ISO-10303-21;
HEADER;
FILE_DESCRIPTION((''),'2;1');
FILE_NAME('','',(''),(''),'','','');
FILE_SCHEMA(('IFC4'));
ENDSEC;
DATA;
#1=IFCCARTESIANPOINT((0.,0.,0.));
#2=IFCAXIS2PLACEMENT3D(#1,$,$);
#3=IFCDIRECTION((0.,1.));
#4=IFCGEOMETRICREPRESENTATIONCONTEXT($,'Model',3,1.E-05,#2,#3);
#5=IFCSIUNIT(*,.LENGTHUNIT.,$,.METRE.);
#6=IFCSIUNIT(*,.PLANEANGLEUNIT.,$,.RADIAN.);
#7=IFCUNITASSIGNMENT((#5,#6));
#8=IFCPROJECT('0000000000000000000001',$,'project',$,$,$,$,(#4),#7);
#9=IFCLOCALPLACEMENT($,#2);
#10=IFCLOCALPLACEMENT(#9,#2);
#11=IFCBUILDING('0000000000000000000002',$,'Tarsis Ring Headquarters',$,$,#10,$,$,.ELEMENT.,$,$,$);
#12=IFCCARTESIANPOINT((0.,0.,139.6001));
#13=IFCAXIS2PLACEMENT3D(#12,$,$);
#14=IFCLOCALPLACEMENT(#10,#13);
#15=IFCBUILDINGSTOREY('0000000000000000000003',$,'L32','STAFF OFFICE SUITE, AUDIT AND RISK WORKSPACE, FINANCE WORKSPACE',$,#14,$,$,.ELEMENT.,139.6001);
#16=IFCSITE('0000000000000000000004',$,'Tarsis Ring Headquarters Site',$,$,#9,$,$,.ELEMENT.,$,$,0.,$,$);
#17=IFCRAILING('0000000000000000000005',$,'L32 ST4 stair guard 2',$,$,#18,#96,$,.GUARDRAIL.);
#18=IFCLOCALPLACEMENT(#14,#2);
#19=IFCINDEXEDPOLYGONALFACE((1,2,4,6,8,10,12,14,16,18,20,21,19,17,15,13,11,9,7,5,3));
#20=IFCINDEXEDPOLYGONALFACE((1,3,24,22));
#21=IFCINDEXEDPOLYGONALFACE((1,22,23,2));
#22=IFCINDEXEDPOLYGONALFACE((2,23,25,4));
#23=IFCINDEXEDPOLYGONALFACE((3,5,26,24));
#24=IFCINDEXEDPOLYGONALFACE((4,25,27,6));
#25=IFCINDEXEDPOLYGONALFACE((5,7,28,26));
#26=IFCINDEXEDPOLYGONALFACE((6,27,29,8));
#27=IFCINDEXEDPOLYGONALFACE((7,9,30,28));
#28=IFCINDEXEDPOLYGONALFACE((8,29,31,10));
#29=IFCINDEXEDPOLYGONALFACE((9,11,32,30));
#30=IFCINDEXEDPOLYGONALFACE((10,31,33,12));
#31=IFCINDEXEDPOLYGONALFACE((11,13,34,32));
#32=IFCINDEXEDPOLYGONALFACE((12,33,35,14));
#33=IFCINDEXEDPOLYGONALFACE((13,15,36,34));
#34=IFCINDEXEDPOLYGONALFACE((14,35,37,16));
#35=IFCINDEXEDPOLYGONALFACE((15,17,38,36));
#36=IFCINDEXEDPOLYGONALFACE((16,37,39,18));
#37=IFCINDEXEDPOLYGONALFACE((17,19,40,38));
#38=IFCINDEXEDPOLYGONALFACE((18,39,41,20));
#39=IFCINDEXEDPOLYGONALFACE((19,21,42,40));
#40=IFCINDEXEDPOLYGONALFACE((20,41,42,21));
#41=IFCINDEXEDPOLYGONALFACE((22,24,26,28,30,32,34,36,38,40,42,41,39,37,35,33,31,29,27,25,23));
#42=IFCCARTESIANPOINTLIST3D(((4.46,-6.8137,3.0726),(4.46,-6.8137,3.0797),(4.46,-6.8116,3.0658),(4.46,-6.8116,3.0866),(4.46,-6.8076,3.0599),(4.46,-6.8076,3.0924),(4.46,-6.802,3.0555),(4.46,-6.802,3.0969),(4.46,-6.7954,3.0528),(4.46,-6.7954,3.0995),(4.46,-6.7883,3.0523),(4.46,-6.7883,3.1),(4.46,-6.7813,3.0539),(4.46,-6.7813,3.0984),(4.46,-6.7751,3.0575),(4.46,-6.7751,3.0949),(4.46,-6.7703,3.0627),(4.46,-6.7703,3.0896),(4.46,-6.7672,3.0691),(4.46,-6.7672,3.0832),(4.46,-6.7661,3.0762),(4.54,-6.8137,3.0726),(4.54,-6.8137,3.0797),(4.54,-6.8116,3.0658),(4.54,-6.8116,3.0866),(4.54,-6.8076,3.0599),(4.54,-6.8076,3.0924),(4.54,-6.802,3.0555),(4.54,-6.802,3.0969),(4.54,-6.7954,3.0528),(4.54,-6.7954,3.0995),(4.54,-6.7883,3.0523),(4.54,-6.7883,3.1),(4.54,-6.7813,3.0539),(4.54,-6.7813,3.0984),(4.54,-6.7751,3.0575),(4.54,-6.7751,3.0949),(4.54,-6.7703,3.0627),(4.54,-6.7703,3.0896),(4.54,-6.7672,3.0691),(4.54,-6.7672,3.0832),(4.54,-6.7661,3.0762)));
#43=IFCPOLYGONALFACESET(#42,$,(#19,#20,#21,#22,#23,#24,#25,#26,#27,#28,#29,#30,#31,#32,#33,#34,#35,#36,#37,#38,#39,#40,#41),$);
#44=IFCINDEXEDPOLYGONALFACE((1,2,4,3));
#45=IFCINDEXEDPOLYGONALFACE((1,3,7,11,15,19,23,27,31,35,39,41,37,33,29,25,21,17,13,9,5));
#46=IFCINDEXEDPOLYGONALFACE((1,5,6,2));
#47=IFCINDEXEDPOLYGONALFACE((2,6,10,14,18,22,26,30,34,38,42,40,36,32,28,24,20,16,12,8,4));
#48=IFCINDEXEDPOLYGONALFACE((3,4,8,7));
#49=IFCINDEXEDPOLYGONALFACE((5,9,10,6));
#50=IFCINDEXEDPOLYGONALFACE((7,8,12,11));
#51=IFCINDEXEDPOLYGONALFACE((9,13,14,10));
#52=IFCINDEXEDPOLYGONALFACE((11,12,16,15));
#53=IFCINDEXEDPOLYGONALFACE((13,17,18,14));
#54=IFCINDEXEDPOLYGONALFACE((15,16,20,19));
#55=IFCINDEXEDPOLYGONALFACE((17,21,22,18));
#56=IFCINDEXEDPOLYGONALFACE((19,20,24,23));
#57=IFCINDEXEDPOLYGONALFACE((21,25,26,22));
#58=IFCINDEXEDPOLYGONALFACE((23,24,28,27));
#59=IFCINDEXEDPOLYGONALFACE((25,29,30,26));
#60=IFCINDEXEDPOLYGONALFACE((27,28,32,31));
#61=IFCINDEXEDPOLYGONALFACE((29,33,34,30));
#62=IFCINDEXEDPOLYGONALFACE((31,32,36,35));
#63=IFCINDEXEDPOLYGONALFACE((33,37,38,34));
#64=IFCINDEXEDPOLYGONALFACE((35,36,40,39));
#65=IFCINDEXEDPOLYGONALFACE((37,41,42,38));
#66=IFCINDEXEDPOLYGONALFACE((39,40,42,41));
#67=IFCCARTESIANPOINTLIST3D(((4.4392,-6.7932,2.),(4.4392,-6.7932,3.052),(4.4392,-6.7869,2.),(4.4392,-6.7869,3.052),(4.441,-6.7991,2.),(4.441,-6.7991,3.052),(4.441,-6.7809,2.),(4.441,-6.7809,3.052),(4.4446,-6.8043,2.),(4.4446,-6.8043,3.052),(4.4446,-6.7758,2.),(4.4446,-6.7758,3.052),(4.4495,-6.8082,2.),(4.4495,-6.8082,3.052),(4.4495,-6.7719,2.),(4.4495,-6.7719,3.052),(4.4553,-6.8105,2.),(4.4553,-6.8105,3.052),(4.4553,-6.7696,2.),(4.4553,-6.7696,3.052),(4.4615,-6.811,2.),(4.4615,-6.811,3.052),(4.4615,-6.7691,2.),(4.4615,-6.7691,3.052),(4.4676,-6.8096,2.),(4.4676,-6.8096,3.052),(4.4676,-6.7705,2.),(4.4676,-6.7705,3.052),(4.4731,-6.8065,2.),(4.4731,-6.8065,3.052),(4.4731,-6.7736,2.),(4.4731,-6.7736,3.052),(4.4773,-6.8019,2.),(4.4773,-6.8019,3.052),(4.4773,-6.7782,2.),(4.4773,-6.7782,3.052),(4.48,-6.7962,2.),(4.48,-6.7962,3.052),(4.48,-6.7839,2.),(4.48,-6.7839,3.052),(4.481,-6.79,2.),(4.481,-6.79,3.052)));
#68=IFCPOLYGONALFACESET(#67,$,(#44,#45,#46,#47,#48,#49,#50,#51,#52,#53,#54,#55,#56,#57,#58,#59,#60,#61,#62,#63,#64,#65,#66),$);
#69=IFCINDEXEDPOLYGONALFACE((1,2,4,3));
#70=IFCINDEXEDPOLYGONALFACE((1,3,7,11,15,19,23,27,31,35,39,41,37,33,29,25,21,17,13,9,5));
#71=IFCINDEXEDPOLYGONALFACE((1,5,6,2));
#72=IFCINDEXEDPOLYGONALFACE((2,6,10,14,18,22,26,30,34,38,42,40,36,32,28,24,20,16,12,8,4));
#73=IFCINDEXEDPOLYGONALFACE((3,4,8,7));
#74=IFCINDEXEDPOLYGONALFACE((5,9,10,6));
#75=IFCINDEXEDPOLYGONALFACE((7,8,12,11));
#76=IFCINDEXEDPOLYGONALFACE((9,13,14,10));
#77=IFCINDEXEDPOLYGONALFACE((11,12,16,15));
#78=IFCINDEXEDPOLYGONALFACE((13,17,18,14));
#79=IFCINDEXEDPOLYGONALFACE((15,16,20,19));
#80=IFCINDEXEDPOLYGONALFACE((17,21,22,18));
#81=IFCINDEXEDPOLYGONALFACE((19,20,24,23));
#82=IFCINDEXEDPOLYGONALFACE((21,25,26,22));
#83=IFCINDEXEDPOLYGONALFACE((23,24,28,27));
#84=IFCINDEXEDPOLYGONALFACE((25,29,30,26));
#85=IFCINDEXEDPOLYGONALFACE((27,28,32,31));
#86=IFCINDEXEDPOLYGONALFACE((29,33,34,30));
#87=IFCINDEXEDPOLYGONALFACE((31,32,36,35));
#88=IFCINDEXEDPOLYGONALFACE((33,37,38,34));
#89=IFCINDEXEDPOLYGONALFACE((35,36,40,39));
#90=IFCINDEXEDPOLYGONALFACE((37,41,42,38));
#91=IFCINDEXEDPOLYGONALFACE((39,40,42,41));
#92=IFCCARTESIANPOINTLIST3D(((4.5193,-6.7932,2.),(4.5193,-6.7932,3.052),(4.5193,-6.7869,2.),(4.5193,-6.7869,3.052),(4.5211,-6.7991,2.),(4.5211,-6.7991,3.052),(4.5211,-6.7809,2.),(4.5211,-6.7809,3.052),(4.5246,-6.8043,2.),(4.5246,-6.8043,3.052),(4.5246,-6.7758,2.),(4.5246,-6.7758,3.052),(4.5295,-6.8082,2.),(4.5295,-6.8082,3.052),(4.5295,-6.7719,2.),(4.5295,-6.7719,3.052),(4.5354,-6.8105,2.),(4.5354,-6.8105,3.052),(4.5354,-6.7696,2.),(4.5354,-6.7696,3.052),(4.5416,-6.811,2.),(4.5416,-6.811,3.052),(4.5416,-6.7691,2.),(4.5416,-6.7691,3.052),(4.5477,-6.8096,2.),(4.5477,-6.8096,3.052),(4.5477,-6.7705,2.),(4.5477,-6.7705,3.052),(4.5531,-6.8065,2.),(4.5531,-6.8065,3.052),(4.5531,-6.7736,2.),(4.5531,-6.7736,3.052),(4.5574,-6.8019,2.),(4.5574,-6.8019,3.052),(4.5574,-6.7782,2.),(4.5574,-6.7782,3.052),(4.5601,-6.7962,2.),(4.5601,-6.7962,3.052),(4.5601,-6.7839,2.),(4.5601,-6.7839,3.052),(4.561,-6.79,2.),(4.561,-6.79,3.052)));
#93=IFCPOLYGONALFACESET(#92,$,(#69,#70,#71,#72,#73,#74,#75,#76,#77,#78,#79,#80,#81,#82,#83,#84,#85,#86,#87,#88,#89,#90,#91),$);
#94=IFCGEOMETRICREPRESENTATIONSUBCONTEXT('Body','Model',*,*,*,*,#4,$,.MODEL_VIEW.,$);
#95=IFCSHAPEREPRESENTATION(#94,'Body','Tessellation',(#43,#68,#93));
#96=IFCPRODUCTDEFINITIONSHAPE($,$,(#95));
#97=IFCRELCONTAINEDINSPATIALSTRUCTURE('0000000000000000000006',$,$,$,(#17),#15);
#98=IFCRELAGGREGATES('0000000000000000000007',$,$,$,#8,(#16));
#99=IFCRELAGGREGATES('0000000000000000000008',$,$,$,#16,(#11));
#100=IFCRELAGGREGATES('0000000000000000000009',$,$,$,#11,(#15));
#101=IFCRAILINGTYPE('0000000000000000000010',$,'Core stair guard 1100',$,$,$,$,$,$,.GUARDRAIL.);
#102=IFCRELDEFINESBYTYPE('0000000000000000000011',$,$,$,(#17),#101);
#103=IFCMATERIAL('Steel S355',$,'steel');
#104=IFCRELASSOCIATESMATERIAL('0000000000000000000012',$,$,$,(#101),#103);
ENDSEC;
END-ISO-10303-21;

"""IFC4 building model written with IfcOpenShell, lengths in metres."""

from ifc_helpers import new_model, si_unit, direction, frame, origin, origin_2d, place, context, subcontext, project, spatial, circle, extrude, material, type_object, element, save


model = new_model("IFC4")

# Units and contexts
model_context = context("Model", 3, precision=1e-05, world=origin(), true_north=direction((0.0, 1.0)))
body_context = subcontext(model_context, "Body", "Model", "MODEL_VIEW")
ifc_project = project(units=[si_unit("LENGTHUNIT", "METRE"), si_unit("PLANEANGLEUNIT", "RADIAN")], contexts=[model_context])

# Site, building, storey
site_placement = place(None, origin())
site = spatial("IfcSite", under=ifc_project, at=site_placement, Name="Tarsis Ring Headquarters Site", CompositionType="ELEMENT", RefElevation=0.0)
building_placement = place(site_placement, origin())
building = spatial("IfcBuilding", under=site, at=building_placement, Name="Tarsis Ring Headquarters", CompositionType="ELEMENT")
storey_placement = place(building_placement, frame((0.0, 0.0, 139.6001)))
storey = spatial("IfcBuildingStorey", under=building, at=storey_placement, Name="L32", Description="STAFF OFFICE SUITE, AUDIT AND RISK WORKSPACE, FINANCE WORKSPACE", CompositionType="ELEMENT", Elevation=139.6001)

# Railing
ifc_material_1 = material(Name="Steel S355", Category="steel")
railing_type_1 = type_object("IfcRailingType", Name="Core stair guard 1100", PredefinedType="GUARDRAIL", material=ifc_material_1)
railing_1_placement = place(storey_placement, frame((4.46, -6.79, 2.0)))
element("IfcRailing", 1, at=railing_1_placement, inside=storey, type_object=railing_type_1, Name="L32 ST4 stair guard 2", PredefinedType="GUARDRAIL", context=body_context, shape_type="SweptSolid", body=[
    extrude(circle(Radius=0.0239, at=origin_2d()), frame((0.0, 0.0, 1.0762), z_axis=(1.0, 0.0, 0.0), x_axis=(0.0, 1.0, 0.0)), (0.0, 0.0, 1.0), 0.0801),
    extrude(circle(Radius=0.021, at=origin_2d()), origin(), (0.0, 0.0, 1.0), 1.052),
    extrude(circle(Radius=0.021, at=origin_2d()), frame((0.0801, 0.0, 0.0)), (0.0, 0.0, 1.0), 1.052),
])

save(model, "model.ifc")
